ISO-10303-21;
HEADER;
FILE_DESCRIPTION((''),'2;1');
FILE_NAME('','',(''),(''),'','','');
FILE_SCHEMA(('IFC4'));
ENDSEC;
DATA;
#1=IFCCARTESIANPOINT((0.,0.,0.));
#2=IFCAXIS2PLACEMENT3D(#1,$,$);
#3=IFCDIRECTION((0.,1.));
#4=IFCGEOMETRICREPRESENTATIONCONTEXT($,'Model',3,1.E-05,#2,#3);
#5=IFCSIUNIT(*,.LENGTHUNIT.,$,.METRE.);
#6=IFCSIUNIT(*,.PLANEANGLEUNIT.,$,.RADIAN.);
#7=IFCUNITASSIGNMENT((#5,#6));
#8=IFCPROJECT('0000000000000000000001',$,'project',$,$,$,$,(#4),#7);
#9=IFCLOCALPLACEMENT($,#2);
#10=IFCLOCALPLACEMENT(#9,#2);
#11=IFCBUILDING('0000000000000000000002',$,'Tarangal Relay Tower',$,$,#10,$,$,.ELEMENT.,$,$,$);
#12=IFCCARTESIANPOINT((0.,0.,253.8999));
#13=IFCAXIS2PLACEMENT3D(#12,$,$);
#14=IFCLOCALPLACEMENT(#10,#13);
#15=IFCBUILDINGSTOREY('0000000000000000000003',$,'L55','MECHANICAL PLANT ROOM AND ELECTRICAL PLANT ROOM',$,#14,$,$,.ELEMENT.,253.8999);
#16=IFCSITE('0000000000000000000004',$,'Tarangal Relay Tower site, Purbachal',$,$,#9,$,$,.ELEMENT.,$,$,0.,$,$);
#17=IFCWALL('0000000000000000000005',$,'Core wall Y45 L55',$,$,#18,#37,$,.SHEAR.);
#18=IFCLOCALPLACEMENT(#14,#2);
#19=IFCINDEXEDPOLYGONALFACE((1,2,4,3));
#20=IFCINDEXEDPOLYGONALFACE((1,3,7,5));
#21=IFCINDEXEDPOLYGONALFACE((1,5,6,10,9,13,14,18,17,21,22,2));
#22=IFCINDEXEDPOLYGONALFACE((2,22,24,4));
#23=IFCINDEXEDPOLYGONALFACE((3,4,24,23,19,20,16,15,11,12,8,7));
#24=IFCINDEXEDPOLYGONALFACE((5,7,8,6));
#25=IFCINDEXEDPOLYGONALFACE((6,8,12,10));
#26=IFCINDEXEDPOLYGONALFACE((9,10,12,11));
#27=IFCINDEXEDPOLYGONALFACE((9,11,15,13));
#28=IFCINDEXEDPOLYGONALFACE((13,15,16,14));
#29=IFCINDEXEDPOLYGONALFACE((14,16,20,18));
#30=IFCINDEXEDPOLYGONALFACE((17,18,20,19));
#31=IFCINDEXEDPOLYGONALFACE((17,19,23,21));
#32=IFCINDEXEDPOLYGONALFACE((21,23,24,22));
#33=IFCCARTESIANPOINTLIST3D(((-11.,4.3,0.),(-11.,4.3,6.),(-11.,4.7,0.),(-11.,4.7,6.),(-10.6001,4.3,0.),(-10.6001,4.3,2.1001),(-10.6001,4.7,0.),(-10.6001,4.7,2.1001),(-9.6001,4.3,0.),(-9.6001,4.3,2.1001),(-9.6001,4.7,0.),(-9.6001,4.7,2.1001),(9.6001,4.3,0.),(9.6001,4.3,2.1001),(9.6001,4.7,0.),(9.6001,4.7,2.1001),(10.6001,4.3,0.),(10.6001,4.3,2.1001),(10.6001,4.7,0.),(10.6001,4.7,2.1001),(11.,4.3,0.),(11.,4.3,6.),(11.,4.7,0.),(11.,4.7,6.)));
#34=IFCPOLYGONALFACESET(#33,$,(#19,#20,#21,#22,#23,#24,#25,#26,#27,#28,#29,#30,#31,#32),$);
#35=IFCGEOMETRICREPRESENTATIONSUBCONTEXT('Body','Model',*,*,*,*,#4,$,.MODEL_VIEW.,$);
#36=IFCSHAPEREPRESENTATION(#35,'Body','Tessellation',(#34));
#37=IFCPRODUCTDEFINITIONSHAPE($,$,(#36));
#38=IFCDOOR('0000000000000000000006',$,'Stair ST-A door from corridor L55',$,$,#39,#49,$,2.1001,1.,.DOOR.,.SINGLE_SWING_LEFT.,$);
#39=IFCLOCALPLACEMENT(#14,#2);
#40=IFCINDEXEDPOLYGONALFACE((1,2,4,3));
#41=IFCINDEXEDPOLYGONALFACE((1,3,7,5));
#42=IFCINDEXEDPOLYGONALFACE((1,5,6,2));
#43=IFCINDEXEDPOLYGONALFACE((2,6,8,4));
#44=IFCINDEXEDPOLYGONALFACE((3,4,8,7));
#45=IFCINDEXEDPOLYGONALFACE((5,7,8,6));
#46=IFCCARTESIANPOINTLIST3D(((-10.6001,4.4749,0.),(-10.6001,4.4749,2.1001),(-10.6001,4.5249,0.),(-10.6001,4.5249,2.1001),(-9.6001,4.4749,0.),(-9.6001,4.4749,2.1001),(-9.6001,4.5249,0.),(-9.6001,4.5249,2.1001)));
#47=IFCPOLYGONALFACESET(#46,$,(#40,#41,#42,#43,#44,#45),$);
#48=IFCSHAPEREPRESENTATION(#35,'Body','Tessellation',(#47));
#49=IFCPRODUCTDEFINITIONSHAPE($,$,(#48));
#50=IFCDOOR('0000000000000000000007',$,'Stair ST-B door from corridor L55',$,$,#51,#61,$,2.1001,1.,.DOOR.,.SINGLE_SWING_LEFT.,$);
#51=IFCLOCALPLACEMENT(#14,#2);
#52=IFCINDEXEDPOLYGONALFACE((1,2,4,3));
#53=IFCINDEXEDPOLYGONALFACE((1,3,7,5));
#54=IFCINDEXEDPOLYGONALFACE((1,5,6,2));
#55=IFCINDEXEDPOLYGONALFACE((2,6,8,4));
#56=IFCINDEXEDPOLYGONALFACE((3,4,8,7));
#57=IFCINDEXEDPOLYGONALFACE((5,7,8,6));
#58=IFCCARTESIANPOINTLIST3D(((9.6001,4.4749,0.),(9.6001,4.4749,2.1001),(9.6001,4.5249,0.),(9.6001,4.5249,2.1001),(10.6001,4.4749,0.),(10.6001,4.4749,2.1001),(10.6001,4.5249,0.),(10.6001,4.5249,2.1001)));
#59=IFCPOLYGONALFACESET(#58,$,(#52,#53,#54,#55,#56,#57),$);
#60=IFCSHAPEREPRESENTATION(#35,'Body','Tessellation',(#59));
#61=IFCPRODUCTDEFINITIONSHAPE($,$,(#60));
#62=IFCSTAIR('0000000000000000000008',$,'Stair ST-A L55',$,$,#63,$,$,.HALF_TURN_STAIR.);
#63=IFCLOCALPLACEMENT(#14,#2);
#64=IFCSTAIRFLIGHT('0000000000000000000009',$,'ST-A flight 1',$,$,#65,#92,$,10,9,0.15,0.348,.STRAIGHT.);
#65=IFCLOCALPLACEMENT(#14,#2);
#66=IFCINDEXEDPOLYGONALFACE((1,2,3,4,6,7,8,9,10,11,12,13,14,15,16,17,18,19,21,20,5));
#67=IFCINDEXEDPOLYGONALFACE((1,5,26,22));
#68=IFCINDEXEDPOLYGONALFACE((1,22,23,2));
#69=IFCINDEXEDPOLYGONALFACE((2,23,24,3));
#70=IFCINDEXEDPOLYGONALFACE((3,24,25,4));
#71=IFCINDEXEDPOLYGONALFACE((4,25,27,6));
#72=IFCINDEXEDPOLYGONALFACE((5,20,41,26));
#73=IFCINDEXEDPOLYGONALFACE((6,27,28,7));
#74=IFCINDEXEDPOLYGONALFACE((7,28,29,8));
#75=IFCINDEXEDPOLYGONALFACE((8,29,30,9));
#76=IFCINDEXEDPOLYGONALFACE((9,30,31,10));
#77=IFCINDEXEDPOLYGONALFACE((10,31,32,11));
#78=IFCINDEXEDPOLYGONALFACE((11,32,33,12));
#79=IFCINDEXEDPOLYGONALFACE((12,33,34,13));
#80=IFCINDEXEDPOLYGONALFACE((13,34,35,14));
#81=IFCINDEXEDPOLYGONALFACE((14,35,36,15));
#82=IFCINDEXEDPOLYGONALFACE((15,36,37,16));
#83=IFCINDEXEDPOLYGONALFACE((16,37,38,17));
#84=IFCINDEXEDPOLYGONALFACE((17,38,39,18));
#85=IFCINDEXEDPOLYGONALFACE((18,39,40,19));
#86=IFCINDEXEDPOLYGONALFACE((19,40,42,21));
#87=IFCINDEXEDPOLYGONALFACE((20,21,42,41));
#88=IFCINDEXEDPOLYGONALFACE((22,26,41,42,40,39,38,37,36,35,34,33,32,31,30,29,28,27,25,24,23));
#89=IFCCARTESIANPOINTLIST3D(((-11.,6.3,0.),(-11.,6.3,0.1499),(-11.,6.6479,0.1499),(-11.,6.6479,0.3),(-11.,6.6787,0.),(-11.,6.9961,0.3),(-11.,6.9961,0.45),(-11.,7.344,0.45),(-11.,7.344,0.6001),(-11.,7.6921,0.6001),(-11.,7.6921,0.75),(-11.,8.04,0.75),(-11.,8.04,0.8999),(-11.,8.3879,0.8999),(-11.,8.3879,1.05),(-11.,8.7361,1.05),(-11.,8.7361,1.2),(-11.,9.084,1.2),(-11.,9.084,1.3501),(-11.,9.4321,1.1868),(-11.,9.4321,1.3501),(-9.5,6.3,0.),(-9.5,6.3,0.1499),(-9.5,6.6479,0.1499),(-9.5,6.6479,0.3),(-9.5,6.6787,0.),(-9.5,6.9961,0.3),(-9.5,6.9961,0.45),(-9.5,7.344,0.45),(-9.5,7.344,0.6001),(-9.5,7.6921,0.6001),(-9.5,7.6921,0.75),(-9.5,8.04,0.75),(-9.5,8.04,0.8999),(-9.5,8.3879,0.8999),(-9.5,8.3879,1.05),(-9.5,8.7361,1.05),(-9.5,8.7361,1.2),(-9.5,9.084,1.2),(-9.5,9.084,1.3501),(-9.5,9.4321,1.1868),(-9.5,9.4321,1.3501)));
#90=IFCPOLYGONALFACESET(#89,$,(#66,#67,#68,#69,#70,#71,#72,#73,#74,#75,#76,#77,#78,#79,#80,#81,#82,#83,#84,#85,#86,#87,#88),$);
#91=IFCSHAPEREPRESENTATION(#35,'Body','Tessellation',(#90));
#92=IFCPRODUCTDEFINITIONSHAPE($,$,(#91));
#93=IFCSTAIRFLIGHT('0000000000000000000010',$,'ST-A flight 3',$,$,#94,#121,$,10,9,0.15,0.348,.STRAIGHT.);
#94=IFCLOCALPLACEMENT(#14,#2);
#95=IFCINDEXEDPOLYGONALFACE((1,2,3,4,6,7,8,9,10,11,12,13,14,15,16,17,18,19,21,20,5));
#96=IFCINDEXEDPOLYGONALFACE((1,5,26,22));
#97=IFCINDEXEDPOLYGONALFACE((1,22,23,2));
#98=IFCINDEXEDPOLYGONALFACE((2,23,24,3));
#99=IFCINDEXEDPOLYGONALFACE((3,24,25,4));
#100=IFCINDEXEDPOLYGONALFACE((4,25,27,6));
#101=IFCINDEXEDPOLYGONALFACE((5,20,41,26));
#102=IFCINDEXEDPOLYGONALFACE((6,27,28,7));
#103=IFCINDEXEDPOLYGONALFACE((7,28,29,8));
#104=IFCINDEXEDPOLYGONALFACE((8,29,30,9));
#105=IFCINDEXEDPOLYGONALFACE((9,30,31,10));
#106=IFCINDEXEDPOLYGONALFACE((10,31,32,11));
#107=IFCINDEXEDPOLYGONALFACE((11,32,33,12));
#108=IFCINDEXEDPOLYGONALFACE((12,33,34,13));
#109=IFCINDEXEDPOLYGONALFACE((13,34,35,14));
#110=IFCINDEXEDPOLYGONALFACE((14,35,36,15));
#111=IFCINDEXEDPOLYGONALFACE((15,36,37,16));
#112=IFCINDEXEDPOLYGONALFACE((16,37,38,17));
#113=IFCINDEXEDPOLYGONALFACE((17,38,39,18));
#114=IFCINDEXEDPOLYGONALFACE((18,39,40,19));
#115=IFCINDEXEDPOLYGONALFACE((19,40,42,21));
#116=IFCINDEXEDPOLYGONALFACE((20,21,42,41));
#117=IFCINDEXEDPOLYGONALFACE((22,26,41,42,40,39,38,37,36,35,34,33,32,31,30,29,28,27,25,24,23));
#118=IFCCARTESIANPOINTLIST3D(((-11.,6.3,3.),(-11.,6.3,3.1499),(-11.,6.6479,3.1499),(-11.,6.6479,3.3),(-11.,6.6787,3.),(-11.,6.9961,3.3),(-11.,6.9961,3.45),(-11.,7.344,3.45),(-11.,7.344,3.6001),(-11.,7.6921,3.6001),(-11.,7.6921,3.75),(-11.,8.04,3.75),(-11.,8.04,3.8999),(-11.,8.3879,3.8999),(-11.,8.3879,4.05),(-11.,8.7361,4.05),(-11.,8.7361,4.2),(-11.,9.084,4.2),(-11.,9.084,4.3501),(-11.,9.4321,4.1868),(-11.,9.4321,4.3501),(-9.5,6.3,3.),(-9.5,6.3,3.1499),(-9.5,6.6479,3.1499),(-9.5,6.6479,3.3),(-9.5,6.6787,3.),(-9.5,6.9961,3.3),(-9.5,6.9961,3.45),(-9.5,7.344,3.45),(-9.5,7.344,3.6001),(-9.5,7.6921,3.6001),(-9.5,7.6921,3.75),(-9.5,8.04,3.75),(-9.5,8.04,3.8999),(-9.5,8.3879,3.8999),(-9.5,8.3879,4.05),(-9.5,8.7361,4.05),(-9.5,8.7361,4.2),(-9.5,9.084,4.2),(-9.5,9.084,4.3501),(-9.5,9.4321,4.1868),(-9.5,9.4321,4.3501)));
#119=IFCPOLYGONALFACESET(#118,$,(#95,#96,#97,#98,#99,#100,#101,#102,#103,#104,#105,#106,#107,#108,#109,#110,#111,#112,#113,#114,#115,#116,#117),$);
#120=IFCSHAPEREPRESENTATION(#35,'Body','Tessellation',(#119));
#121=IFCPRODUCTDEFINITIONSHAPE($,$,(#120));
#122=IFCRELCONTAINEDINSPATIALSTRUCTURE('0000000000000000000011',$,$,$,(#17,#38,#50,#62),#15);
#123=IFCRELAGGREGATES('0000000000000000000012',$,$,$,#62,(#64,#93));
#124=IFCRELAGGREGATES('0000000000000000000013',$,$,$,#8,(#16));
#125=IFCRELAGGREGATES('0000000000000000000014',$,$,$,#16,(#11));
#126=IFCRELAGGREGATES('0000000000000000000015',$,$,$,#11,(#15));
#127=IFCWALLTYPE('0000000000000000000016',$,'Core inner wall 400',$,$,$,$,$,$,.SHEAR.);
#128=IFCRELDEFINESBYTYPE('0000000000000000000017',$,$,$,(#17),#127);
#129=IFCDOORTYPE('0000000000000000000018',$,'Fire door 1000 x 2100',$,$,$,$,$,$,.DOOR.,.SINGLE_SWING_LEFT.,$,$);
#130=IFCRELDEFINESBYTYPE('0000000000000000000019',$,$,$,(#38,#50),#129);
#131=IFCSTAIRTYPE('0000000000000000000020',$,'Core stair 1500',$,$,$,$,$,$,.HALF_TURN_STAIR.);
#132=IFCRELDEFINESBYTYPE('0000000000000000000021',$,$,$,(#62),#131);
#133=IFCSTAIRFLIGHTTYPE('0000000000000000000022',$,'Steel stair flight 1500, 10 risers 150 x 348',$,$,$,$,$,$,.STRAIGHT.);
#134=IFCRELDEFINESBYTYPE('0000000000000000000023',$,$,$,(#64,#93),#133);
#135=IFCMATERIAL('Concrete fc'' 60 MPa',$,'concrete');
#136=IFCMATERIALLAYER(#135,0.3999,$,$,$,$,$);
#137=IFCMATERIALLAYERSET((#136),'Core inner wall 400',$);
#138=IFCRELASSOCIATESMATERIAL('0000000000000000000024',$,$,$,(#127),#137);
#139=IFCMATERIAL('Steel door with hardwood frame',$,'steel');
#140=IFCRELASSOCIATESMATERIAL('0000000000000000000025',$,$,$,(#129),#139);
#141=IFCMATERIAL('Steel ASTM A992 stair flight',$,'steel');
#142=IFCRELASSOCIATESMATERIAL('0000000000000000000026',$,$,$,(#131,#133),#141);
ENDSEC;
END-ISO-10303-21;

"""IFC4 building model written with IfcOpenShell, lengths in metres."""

from ifc_helpers import new_model, si_unit, direction, frame, frame_2d, origin, place, context, subcontext, project, spatial, polyline, rectangle, outline, extrude, material, layer, layer_set, type_object, element, fill, aggregate, save


model = new_model("IFC4")

# Units and contexts
model_context = context("Model", 3, precision=1e-05, world=origin(), true_north=direction((0.0, 1.0)))
body_context = subcontext(model_context, "Body", "Model", "MODEL_VIEW")
ifc_project = project(units=[si_unit("LENGTHUNIT", "METRE"), si_unit("PLANEANGLEUNIT", "RADIAN")], contexts=[model_context])

# Site, building, storey
site_placement = place(None, origin())
site = spatial("IfcSite", under=ifc_project, at=site_placement, Name="Tarangal Relay Tower site, Purbachal", CompositionType="ELEMENT", RefElevation=0.0)
building_placement = place(site_placement, origin())
building = spatial("IfcBuilding", under=site, at=building_placement, Name="Tarangal Relay Tower", CompositionType="ELEMENT")
storey_placement = place(building_placement, frame((0.0, 0.0, 253.8999)))
storey = spatial("IfcBuildingStorey", under=building, at=storey_placement, Name="L55", Description="MECHANICAL PLANT ROOM AND ELECTRICAL PLANT ROOM", CompositionType="ELEMENT", Elevation=253.8999)

# Wall, openings, doors
ifc_material_1 = material(Name="Concrete fc' 60 MPa", Category="concrete")
ifc_layer = layer(ifc_material_1, 0.3999)
ifc_layer_set = layer_set([ifc_layer], Name="Core inner wall 400")
wall_type = type_object("IfcWallType", Name="Core inner wall 400", PredefinedType="SHEAR", material=ifc_layer_set)
wall_placement = place(storey_placement, frame((-11.0, 4.5, 0.0), z_axis=(0.0, 0.0, 1.0), x_axis=(1.0, 0.0, 0.0)))
wall = element("IfcWall", 1, at=wall_placement, inside=storey, type_object=wall_type, Name="Core wall Y45 L55", PredefinedType="SHEAR", context=body_context, shape_type="SweptSolid", body=[
    extrude(rectangle(XDim=22.0, YDim=0.3999, at=frame_2d((11.0, 0.0))), origin(), (0.0, 0.0, 1.0), 6.0),
])
opening_1_placement = place(wall_placement, frame((0.3999, 0.0, 0.0)))
opening_1 = element("IfcOpeningElement", 2, at=opening_1_placement, cuts=wall, PredefinedType="OPENING", context=body_context, shape_type="SweptSolid", body=[
    extrude(rectangle(XDim=1.0, YDim=2.1001, at=frame_2d((0.5, 1.05))), frame((0.0, 0.21, 0.0), z_axis=(0.0, -1.0, 0.0), x_axis=(1.0, 0.0, 0.0)), (0.0, 0.0, 1.0), 0.4199),
])
opening_2_placement = place(wall_placement, frame((20.6001, 0.0, 0.0)))
opening_2 = element("IfcOpeningElement", 3, at=opening_2_placement, cuts=wall, PredefinedType="OPENING", context=body_context, shape_type="SweptSolid", body=[
    extrude(rectangle(XDim=1.0, YDim=2.1001, at=frame_2d((0.5, 1.05))), frame((0.0, 0.21, 0.0), z_axis=(0.0, -1.0, 0.0), x_axis=(1.0, 0.0, 0.0)), (0.0, 0.0, 1.0), 0.4199),
])
ifc_material_2 = material(Name="Steel door with hardwood frame", Category="steel")
door_type = type_object("IfcDoorType", Name="Fire door 1000 x 2100", OperationType="SINGLE_SWING_LEFT", PredefinedType="DOOR", material=ifc_material_2)
door_1_placement = place(opening_1_placement, origin())
door_1 = element("IfcDoor", 4, at=door_1_placement, inside=storey, type_object=door_type, Name="Stair ST-A door from corridor L55", OperationType="SINGLE_SWING_LEFT", OverallHeight=2.1001, OverallWidth=1.0, PredefinedType="DOOR", context=body_context, shape_type="SweptSolid", body=[
    extrude(rectangle(XDim=1.0, YDim=2.1001, at=frame_2d((0.5, 1.05))), frame((0.0, 0.0249, 0.0), z_axis=(0.0, -1.0, 0.0), x_axis=(1.0, 0.0, 0.0)), (0.0, 0.0, 1.0), 0.05),
])
fill(opening_1, door_1)
door_2_placement = place(opening_2_placement, origin())
door_2 = element("IfcDoor", 5, at=door_2_placement, inside=storey, type_object=door_type, Name="Stair ST-B door from corridor L55", OperationType="SINGLE_SWING_LEFT", OverallHeight=2.1001, OverallWidth=1.0, PredefinedType="DOOR", context=body_context, shape_type="SweptSolid", body=[
    extrude(rectangle(XDim=1.0, YDim=2.1001, at=frame_2d((0.5, 1.05))), frame((0.0, 0.0249, 0.0), z_axis=(0.0, -1.0, 0.0), x_axis=(1.0, 0.0, 0.0)), (0.0, 0.0, 1.0), 0.05),
])
fill(opening_2, door_2)

# Stair, stair flights
ifc_material_3 = material(Name="Steel ASTM A992 stair flight", Category="steel")
stair_type = type_object("IfcStairType", Name="Core stair 1500", PredefinedType="HALF_TURN_STAIR", material=ifc_material_3)
stair_placement = place(storey_placement, origin())
stair = element("IfcStair", 6, at=stair_placement, inside=storey, type_object=stair_type, Name="Stair ST-A L55", PredefinedType="HALF_TURN_STAIR")
stair_flight_type = type_object("IfcStairFlightType", Name="Steel stair flight 1500, 10 risers 150 x 348", PredefinedType="STRAIGHT", material=ifc_material_3)
stair_flight_1_placement = place(storey_placement, frame((-10.25, 6.3, 0.0), z_axis=(0.0, 0.0, 1.0), x_axis=(0.0, 1.0, 0.0)))
stair_flight_1 = element("IfcStairFlight", 7, at=stair_flight_1_placement, type_object=stair_flight_type, Name="ST-A flight 1", NumberOfRisers=10, NumberOfTreads=9, PredefinedType="STRAIGHT", RiserHeight=0.15, TreadLength=0.348, context=body_context, shape_type="SweptSolid", body=[
    extrude(outline(polyline([(0.0, 0.0), (0.0, 0.1499), (0.3479, 0.1499), (0.3479, 0.3), (0.696, 0.3), (0.696, 0.45), (1.0439, 0.45), (1.0439, 0.6001), (1.3921, 0.6001), (1.3921, 0.75), (1.74, 0.75), (1.74, 0.8999), (2.0879, 0.8999), (2.0879, 1.05), (2.436, 1.05), (2.436, 1.2), (2.7839, 1.2), (2.7839, 1.3501), (3.1321, 1.3501), (3.1321, 1.5), (3.1321, 1.1868), (0.3787, 0.0), (0.0, 0.0)])), frame((0.0, 0.75, 0.0), z_axis=(0.0, -1.0, 0.0), x_axis=(1.0, 0.0, 0.0)), (0.0, 0.0, 1.0), 1.5),
])
stair_flight_2_placement = place(storey_placement, frame((-10.25, 6.3, 3.0), z_axis=(0.0, 0.0, 1.0), x_axis=(0.0, 1.0, 0.0)))
stair_flight_2 = element("IfcStairFlight", 8, at=stair_flight_2_placement, type_object=stair_flight_type, Name="ST-A flight 3", NumberOfRisers=10, NumberOfTreads=9, PredefinedType="STRAIGHT", RiserHeight=0.15, TreadLength=0.348, context=body_context, shape_type="SweptSolid", body=[
    extrude(outline(polyline([(0.0, 0.0), (0.0, 0.1499), (0.3479, 0.1499), (0.3479, 0.3), (0.696, 0.3), (0.696, 0.45), (1.0439, 0.45), (1.0439, 0.6001), (1.3921, 0.6001), (1.3921, 0.75), (1.74, 0.75), (1.74, 0.8999), (2.0879, 0.8999), (2.0879, 1.05), (2.436, 1.05), (2.436, 1.2), (2.7839, 1.2), (2.7839, 1.3501), (3.1321, 1.3501), (3.1321, 1.5), (3.1321, 1.1868), (0.3787, 0.0), (0.0, 0.0)])), frame((0.0, 0.75, 0.0), z_axis=(0.0, -1.0, 0.0), x_axis=(1.0, 0.0, 0.0)), (0.0, 0.0, 1.0), 1.5),
])
aggregate(stair, [stair_flight_1, stair_flight_2])

save(model, "model.ifc")
